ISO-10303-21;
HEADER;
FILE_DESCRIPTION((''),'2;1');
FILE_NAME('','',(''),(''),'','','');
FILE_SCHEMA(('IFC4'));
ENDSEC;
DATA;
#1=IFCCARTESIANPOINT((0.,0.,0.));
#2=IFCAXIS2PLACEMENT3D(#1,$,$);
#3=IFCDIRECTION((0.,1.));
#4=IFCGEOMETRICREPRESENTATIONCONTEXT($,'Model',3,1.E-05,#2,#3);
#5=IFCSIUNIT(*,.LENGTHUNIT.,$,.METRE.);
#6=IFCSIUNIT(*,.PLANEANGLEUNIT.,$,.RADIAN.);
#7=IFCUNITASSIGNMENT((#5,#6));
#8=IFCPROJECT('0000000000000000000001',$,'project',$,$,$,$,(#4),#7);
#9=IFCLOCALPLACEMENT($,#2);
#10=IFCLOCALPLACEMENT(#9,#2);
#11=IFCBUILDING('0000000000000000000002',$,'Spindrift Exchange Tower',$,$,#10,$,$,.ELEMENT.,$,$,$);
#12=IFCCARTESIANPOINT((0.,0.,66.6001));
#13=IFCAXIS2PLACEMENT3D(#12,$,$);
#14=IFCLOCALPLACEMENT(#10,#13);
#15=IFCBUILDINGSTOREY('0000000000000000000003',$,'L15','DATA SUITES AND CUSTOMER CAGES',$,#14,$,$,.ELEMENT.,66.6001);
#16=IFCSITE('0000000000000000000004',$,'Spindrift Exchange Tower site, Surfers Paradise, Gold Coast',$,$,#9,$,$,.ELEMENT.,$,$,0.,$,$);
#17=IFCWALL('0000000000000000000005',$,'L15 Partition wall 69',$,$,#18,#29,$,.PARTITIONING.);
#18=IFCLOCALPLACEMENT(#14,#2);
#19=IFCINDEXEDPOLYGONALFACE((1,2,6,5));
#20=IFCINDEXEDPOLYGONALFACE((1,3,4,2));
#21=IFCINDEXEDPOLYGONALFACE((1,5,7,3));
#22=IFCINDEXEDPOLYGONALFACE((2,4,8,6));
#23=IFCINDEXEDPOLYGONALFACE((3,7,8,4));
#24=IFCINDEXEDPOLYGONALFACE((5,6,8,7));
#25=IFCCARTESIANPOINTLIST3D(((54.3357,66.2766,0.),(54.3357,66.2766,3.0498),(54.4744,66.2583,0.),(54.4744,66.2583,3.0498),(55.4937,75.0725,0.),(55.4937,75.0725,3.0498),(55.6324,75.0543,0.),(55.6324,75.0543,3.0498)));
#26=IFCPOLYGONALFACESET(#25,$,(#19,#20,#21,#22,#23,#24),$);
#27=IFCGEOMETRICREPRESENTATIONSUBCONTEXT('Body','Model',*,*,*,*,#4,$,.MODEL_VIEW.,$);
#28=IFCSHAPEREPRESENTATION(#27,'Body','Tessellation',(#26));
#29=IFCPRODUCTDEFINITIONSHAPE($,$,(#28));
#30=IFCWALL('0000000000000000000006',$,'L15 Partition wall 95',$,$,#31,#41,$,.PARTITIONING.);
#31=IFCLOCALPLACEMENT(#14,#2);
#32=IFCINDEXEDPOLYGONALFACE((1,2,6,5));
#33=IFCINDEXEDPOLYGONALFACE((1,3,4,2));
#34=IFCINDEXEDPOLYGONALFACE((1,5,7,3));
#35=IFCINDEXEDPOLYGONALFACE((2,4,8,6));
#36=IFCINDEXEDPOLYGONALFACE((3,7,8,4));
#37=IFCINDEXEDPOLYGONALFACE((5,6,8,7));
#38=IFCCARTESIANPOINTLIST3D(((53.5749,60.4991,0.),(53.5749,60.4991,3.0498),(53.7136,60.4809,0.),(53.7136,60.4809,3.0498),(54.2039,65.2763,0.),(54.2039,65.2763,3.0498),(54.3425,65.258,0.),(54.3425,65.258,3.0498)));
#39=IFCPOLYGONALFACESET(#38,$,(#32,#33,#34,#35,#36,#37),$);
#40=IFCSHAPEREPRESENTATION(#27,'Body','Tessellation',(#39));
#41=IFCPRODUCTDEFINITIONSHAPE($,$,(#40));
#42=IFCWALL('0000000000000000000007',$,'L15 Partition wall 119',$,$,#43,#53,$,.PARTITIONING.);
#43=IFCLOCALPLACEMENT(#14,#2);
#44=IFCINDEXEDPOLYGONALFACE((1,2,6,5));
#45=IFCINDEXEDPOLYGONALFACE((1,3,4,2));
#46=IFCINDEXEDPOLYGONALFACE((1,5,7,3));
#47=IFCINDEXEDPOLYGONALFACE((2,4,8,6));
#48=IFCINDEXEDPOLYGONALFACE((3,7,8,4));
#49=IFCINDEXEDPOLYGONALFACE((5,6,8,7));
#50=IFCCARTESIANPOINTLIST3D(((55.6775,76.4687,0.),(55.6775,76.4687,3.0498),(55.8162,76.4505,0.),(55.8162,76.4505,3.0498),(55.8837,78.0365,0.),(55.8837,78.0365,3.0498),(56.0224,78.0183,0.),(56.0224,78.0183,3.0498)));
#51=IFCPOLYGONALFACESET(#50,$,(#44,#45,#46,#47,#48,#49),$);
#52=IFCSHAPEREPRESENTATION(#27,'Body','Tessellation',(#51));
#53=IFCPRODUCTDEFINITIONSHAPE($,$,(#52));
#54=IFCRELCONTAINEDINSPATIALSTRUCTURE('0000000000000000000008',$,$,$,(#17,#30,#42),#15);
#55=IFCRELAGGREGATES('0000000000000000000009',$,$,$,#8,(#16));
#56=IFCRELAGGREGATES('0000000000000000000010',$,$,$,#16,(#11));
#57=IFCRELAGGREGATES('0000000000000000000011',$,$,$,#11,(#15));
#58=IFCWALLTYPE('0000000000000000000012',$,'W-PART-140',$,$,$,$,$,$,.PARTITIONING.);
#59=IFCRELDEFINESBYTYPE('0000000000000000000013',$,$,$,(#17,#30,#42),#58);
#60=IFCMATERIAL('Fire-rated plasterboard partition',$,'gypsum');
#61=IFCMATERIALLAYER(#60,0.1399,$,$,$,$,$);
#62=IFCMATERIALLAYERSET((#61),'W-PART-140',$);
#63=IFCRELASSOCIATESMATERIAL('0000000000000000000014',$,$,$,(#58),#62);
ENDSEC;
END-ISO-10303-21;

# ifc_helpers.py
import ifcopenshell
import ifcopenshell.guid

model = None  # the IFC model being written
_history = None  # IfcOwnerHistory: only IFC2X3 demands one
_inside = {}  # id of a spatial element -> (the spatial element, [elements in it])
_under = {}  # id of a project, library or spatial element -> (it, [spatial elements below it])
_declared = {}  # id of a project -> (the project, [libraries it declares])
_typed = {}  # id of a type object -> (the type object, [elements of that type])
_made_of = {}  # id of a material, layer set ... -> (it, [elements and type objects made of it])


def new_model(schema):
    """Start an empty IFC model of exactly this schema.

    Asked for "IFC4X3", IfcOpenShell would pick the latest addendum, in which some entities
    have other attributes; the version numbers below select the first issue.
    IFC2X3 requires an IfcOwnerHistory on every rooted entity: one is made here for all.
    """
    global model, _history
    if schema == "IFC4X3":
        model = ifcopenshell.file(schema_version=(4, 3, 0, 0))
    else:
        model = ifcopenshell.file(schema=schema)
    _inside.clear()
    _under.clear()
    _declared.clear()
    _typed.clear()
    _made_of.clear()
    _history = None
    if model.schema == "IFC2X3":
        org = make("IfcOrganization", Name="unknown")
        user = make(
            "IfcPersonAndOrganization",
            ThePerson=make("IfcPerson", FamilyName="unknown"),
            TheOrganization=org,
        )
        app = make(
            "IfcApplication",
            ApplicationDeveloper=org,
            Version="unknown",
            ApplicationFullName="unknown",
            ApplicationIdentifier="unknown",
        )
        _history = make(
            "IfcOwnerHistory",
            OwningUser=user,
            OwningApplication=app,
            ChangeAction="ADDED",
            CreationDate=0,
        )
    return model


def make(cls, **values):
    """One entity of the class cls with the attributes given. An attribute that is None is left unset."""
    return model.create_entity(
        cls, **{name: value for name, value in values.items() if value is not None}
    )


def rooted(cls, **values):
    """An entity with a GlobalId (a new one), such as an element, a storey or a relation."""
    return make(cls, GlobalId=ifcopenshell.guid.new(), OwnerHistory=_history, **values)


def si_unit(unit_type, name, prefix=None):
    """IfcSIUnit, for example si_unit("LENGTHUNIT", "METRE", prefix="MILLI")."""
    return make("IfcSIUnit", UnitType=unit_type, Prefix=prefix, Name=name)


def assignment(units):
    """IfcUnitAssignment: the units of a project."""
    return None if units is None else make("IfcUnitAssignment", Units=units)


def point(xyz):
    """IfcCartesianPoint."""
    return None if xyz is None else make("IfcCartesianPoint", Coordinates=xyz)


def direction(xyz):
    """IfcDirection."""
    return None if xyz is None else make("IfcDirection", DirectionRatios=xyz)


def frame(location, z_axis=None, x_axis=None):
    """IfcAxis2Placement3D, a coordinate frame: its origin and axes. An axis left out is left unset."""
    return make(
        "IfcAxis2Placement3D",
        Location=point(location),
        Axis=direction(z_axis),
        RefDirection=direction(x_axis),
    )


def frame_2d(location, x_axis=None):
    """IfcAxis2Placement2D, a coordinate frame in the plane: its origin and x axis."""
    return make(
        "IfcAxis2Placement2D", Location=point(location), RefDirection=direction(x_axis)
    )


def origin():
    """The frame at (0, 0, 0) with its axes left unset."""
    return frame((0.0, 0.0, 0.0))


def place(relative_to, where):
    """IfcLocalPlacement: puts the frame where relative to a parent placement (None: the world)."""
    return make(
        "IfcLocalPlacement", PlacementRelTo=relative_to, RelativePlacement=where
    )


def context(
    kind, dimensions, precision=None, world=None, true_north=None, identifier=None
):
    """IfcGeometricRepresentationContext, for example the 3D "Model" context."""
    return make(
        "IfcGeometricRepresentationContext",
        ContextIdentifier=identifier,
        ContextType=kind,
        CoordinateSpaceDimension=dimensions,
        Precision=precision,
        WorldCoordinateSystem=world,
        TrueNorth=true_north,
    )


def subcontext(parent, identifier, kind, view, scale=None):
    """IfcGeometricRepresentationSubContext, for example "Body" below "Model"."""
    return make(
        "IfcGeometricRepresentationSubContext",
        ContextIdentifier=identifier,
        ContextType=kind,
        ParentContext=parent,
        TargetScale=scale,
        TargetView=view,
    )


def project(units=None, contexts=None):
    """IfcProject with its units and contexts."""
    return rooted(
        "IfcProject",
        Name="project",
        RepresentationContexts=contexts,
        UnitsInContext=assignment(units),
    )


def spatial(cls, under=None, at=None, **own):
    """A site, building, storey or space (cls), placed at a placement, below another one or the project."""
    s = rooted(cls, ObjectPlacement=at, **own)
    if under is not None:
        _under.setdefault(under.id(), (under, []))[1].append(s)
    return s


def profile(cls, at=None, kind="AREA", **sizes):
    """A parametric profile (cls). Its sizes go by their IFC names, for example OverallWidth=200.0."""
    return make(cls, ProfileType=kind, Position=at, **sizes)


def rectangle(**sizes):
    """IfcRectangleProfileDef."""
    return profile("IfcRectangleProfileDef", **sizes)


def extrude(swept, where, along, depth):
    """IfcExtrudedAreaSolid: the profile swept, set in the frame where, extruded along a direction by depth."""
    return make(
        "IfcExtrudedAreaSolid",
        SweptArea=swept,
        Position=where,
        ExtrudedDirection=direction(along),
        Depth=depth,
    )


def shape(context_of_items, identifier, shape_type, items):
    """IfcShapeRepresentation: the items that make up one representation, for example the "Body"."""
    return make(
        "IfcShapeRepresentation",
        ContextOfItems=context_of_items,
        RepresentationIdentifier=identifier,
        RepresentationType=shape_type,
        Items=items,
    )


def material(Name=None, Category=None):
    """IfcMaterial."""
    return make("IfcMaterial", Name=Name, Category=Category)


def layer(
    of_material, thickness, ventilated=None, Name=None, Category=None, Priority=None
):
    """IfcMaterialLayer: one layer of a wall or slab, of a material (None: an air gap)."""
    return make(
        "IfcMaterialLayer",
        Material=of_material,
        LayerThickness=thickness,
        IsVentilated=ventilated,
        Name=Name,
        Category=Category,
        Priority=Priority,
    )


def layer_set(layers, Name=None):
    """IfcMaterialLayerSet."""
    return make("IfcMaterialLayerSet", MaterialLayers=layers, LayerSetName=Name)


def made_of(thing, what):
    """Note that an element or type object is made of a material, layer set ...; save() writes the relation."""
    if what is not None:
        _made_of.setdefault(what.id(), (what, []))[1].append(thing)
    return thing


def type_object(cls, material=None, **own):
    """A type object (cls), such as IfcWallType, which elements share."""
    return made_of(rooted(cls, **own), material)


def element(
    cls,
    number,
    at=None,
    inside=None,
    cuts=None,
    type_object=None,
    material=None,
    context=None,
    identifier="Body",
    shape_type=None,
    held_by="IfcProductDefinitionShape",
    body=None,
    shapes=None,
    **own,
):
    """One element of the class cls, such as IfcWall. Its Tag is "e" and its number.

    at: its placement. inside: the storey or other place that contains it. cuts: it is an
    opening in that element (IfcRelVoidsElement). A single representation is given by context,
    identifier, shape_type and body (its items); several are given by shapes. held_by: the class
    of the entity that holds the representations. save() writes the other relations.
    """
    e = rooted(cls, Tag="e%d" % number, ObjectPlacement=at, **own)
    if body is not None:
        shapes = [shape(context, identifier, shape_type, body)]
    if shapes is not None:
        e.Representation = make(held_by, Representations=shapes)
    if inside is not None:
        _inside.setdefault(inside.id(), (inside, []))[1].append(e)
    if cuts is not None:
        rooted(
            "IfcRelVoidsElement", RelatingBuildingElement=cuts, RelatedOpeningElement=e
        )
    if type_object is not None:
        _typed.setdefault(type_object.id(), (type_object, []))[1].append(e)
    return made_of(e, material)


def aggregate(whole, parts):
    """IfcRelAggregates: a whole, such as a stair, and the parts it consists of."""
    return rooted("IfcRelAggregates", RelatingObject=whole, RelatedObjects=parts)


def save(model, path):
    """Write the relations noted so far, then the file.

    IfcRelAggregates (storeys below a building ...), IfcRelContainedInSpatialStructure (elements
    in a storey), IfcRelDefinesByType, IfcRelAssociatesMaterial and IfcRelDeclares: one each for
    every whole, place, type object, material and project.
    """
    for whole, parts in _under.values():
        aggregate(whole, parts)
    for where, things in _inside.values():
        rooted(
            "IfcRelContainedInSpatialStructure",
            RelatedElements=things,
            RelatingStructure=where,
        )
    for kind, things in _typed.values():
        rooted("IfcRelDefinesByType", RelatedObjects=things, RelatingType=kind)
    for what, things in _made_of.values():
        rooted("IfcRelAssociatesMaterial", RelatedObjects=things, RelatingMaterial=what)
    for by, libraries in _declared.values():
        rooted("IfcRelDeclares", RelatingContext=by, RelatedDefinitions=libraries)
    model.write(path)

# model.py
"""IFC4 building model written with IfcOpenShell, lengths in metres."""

from ifc_helpers import new_model, si_unit, direction, frame, frame_2d, origin, place, context, subcontext, project, spatial, rectangle, extrude, material, layer, layer_set, type_object, element, save


model = new_model("IFC4")

# Units and contexts
model_context = context("Model", 3, precision=1e-05, world=origin(), true_north=direction((0.0, 1.0)))
body_context = subcontext(model_context, "Body", "Model", "MODEL_VIEW")
ifc_project = project(units=[si_unit("LENGTHUNIT", "METRE"), si_unit("PLANEANGLEUNIT", "RADIAN")], contexts=[model_context])

# Site, building, storey
site_placement = place(None, origin())
site = spatial("IfcSite", under=ifc_project, at=site_placement, Name="Spindrift Exchange Tower site, Surfers Paradise, Gold Coast", CompositionType="ELEMENT", RefElevation=0.0)
building_placement = place(site_placement, origin())
building = spatial("IfcBuilding", under=site, at=building_placement, Name="Spindrift Exchange Tower", CompositionType="ELEMENT")
storey_placement = place(building_placement, frame((0.0, 0.0, 66.6001)))
storey = spatial("IfcBuildingStorey", under=building, at=storey_placement, Name="L15", Description="DATA SUITES AND CUSTOMER CAGES", CompositionType="ELEMENT", Elevation=66.6001)

# Shared definitions
ifc_material_1 = material(Name="Fire-rated plasterboard partition", Category="gypsum")

# Walls
ifc_layer_1 = layer(ifc_material_1, 0.1399)
ifc_layer_set_1 = layer_set([ifc_layer_1], Name="W-PART-140")
wall_type_1 = type_object("IfcWallType", Name="W-PART-140", PredefinedType="PARTITIONING", material=ifc_layer_set_1)
wall_1_placement = place(storey_placement, frame((54.405, 66.2673, 0.0), z_axis=(0.0, 0.0, 1.0), x_axis=(0.130521, 0.991445, 0.0)))
element("IfcWall", 1, at=wall_1_placement, inside=storey, type_object=wall_type_1, Name="L15 Partition wall 69", PredefinedType="PARTITIONING", context=body_context, shape_type="SweptSolid", body=[
    extrude(rectangle(XDim=8.8718, YDim=0.1399, at=frame_2d((4.436, 0.0))), origin(), (0.0, 0.0, 1.0), 3.0498),
])
wall_2_placement = place(storey_placement, frame((53.6443, 60.49, 0.0), z_axis=(0.0, 0.0, 1.0), x_axis=(0.130524, 0.991445, 0.0)))
element("IfcWall", 2, at=wall_2_placement, inside=storey, type_object=wall_type_1, Name="L15 Partition wall 95", PredefinedType="PARTITIONING", context=body_context, shape_type="SweptSolid", body=[
    extrude(rectangle(XDim=4.8184, YDim=0.1399, at=frame_2d((2.4092, 0.0))), origin(), (0.0, 0.0, 1.0), 3.0498),
])
wall_3_placement = place(storey_placement, frame((55.7468, 76.4597, 0.0), z_axis=(0.0, 0.0, 1.0), x_axis=(0.130455, 0.991454, 0.0)))
element("IfcWall", 3, at=wall_3_placement, inside=storey, type_object=wall_type_1, Name="L15 Partition wall 119", PredefinedType="PARTITIONING", context=body_context, shape_type="SweptSolid", body=[
    extrude(rectangle(XDim=1.5813, YDim=0.1399, at=frame_2d((0.7905, 0.0))), origin(), (0.0, 0.0, 1.0), 3.0498),
])

save(model, "model.ifc")
